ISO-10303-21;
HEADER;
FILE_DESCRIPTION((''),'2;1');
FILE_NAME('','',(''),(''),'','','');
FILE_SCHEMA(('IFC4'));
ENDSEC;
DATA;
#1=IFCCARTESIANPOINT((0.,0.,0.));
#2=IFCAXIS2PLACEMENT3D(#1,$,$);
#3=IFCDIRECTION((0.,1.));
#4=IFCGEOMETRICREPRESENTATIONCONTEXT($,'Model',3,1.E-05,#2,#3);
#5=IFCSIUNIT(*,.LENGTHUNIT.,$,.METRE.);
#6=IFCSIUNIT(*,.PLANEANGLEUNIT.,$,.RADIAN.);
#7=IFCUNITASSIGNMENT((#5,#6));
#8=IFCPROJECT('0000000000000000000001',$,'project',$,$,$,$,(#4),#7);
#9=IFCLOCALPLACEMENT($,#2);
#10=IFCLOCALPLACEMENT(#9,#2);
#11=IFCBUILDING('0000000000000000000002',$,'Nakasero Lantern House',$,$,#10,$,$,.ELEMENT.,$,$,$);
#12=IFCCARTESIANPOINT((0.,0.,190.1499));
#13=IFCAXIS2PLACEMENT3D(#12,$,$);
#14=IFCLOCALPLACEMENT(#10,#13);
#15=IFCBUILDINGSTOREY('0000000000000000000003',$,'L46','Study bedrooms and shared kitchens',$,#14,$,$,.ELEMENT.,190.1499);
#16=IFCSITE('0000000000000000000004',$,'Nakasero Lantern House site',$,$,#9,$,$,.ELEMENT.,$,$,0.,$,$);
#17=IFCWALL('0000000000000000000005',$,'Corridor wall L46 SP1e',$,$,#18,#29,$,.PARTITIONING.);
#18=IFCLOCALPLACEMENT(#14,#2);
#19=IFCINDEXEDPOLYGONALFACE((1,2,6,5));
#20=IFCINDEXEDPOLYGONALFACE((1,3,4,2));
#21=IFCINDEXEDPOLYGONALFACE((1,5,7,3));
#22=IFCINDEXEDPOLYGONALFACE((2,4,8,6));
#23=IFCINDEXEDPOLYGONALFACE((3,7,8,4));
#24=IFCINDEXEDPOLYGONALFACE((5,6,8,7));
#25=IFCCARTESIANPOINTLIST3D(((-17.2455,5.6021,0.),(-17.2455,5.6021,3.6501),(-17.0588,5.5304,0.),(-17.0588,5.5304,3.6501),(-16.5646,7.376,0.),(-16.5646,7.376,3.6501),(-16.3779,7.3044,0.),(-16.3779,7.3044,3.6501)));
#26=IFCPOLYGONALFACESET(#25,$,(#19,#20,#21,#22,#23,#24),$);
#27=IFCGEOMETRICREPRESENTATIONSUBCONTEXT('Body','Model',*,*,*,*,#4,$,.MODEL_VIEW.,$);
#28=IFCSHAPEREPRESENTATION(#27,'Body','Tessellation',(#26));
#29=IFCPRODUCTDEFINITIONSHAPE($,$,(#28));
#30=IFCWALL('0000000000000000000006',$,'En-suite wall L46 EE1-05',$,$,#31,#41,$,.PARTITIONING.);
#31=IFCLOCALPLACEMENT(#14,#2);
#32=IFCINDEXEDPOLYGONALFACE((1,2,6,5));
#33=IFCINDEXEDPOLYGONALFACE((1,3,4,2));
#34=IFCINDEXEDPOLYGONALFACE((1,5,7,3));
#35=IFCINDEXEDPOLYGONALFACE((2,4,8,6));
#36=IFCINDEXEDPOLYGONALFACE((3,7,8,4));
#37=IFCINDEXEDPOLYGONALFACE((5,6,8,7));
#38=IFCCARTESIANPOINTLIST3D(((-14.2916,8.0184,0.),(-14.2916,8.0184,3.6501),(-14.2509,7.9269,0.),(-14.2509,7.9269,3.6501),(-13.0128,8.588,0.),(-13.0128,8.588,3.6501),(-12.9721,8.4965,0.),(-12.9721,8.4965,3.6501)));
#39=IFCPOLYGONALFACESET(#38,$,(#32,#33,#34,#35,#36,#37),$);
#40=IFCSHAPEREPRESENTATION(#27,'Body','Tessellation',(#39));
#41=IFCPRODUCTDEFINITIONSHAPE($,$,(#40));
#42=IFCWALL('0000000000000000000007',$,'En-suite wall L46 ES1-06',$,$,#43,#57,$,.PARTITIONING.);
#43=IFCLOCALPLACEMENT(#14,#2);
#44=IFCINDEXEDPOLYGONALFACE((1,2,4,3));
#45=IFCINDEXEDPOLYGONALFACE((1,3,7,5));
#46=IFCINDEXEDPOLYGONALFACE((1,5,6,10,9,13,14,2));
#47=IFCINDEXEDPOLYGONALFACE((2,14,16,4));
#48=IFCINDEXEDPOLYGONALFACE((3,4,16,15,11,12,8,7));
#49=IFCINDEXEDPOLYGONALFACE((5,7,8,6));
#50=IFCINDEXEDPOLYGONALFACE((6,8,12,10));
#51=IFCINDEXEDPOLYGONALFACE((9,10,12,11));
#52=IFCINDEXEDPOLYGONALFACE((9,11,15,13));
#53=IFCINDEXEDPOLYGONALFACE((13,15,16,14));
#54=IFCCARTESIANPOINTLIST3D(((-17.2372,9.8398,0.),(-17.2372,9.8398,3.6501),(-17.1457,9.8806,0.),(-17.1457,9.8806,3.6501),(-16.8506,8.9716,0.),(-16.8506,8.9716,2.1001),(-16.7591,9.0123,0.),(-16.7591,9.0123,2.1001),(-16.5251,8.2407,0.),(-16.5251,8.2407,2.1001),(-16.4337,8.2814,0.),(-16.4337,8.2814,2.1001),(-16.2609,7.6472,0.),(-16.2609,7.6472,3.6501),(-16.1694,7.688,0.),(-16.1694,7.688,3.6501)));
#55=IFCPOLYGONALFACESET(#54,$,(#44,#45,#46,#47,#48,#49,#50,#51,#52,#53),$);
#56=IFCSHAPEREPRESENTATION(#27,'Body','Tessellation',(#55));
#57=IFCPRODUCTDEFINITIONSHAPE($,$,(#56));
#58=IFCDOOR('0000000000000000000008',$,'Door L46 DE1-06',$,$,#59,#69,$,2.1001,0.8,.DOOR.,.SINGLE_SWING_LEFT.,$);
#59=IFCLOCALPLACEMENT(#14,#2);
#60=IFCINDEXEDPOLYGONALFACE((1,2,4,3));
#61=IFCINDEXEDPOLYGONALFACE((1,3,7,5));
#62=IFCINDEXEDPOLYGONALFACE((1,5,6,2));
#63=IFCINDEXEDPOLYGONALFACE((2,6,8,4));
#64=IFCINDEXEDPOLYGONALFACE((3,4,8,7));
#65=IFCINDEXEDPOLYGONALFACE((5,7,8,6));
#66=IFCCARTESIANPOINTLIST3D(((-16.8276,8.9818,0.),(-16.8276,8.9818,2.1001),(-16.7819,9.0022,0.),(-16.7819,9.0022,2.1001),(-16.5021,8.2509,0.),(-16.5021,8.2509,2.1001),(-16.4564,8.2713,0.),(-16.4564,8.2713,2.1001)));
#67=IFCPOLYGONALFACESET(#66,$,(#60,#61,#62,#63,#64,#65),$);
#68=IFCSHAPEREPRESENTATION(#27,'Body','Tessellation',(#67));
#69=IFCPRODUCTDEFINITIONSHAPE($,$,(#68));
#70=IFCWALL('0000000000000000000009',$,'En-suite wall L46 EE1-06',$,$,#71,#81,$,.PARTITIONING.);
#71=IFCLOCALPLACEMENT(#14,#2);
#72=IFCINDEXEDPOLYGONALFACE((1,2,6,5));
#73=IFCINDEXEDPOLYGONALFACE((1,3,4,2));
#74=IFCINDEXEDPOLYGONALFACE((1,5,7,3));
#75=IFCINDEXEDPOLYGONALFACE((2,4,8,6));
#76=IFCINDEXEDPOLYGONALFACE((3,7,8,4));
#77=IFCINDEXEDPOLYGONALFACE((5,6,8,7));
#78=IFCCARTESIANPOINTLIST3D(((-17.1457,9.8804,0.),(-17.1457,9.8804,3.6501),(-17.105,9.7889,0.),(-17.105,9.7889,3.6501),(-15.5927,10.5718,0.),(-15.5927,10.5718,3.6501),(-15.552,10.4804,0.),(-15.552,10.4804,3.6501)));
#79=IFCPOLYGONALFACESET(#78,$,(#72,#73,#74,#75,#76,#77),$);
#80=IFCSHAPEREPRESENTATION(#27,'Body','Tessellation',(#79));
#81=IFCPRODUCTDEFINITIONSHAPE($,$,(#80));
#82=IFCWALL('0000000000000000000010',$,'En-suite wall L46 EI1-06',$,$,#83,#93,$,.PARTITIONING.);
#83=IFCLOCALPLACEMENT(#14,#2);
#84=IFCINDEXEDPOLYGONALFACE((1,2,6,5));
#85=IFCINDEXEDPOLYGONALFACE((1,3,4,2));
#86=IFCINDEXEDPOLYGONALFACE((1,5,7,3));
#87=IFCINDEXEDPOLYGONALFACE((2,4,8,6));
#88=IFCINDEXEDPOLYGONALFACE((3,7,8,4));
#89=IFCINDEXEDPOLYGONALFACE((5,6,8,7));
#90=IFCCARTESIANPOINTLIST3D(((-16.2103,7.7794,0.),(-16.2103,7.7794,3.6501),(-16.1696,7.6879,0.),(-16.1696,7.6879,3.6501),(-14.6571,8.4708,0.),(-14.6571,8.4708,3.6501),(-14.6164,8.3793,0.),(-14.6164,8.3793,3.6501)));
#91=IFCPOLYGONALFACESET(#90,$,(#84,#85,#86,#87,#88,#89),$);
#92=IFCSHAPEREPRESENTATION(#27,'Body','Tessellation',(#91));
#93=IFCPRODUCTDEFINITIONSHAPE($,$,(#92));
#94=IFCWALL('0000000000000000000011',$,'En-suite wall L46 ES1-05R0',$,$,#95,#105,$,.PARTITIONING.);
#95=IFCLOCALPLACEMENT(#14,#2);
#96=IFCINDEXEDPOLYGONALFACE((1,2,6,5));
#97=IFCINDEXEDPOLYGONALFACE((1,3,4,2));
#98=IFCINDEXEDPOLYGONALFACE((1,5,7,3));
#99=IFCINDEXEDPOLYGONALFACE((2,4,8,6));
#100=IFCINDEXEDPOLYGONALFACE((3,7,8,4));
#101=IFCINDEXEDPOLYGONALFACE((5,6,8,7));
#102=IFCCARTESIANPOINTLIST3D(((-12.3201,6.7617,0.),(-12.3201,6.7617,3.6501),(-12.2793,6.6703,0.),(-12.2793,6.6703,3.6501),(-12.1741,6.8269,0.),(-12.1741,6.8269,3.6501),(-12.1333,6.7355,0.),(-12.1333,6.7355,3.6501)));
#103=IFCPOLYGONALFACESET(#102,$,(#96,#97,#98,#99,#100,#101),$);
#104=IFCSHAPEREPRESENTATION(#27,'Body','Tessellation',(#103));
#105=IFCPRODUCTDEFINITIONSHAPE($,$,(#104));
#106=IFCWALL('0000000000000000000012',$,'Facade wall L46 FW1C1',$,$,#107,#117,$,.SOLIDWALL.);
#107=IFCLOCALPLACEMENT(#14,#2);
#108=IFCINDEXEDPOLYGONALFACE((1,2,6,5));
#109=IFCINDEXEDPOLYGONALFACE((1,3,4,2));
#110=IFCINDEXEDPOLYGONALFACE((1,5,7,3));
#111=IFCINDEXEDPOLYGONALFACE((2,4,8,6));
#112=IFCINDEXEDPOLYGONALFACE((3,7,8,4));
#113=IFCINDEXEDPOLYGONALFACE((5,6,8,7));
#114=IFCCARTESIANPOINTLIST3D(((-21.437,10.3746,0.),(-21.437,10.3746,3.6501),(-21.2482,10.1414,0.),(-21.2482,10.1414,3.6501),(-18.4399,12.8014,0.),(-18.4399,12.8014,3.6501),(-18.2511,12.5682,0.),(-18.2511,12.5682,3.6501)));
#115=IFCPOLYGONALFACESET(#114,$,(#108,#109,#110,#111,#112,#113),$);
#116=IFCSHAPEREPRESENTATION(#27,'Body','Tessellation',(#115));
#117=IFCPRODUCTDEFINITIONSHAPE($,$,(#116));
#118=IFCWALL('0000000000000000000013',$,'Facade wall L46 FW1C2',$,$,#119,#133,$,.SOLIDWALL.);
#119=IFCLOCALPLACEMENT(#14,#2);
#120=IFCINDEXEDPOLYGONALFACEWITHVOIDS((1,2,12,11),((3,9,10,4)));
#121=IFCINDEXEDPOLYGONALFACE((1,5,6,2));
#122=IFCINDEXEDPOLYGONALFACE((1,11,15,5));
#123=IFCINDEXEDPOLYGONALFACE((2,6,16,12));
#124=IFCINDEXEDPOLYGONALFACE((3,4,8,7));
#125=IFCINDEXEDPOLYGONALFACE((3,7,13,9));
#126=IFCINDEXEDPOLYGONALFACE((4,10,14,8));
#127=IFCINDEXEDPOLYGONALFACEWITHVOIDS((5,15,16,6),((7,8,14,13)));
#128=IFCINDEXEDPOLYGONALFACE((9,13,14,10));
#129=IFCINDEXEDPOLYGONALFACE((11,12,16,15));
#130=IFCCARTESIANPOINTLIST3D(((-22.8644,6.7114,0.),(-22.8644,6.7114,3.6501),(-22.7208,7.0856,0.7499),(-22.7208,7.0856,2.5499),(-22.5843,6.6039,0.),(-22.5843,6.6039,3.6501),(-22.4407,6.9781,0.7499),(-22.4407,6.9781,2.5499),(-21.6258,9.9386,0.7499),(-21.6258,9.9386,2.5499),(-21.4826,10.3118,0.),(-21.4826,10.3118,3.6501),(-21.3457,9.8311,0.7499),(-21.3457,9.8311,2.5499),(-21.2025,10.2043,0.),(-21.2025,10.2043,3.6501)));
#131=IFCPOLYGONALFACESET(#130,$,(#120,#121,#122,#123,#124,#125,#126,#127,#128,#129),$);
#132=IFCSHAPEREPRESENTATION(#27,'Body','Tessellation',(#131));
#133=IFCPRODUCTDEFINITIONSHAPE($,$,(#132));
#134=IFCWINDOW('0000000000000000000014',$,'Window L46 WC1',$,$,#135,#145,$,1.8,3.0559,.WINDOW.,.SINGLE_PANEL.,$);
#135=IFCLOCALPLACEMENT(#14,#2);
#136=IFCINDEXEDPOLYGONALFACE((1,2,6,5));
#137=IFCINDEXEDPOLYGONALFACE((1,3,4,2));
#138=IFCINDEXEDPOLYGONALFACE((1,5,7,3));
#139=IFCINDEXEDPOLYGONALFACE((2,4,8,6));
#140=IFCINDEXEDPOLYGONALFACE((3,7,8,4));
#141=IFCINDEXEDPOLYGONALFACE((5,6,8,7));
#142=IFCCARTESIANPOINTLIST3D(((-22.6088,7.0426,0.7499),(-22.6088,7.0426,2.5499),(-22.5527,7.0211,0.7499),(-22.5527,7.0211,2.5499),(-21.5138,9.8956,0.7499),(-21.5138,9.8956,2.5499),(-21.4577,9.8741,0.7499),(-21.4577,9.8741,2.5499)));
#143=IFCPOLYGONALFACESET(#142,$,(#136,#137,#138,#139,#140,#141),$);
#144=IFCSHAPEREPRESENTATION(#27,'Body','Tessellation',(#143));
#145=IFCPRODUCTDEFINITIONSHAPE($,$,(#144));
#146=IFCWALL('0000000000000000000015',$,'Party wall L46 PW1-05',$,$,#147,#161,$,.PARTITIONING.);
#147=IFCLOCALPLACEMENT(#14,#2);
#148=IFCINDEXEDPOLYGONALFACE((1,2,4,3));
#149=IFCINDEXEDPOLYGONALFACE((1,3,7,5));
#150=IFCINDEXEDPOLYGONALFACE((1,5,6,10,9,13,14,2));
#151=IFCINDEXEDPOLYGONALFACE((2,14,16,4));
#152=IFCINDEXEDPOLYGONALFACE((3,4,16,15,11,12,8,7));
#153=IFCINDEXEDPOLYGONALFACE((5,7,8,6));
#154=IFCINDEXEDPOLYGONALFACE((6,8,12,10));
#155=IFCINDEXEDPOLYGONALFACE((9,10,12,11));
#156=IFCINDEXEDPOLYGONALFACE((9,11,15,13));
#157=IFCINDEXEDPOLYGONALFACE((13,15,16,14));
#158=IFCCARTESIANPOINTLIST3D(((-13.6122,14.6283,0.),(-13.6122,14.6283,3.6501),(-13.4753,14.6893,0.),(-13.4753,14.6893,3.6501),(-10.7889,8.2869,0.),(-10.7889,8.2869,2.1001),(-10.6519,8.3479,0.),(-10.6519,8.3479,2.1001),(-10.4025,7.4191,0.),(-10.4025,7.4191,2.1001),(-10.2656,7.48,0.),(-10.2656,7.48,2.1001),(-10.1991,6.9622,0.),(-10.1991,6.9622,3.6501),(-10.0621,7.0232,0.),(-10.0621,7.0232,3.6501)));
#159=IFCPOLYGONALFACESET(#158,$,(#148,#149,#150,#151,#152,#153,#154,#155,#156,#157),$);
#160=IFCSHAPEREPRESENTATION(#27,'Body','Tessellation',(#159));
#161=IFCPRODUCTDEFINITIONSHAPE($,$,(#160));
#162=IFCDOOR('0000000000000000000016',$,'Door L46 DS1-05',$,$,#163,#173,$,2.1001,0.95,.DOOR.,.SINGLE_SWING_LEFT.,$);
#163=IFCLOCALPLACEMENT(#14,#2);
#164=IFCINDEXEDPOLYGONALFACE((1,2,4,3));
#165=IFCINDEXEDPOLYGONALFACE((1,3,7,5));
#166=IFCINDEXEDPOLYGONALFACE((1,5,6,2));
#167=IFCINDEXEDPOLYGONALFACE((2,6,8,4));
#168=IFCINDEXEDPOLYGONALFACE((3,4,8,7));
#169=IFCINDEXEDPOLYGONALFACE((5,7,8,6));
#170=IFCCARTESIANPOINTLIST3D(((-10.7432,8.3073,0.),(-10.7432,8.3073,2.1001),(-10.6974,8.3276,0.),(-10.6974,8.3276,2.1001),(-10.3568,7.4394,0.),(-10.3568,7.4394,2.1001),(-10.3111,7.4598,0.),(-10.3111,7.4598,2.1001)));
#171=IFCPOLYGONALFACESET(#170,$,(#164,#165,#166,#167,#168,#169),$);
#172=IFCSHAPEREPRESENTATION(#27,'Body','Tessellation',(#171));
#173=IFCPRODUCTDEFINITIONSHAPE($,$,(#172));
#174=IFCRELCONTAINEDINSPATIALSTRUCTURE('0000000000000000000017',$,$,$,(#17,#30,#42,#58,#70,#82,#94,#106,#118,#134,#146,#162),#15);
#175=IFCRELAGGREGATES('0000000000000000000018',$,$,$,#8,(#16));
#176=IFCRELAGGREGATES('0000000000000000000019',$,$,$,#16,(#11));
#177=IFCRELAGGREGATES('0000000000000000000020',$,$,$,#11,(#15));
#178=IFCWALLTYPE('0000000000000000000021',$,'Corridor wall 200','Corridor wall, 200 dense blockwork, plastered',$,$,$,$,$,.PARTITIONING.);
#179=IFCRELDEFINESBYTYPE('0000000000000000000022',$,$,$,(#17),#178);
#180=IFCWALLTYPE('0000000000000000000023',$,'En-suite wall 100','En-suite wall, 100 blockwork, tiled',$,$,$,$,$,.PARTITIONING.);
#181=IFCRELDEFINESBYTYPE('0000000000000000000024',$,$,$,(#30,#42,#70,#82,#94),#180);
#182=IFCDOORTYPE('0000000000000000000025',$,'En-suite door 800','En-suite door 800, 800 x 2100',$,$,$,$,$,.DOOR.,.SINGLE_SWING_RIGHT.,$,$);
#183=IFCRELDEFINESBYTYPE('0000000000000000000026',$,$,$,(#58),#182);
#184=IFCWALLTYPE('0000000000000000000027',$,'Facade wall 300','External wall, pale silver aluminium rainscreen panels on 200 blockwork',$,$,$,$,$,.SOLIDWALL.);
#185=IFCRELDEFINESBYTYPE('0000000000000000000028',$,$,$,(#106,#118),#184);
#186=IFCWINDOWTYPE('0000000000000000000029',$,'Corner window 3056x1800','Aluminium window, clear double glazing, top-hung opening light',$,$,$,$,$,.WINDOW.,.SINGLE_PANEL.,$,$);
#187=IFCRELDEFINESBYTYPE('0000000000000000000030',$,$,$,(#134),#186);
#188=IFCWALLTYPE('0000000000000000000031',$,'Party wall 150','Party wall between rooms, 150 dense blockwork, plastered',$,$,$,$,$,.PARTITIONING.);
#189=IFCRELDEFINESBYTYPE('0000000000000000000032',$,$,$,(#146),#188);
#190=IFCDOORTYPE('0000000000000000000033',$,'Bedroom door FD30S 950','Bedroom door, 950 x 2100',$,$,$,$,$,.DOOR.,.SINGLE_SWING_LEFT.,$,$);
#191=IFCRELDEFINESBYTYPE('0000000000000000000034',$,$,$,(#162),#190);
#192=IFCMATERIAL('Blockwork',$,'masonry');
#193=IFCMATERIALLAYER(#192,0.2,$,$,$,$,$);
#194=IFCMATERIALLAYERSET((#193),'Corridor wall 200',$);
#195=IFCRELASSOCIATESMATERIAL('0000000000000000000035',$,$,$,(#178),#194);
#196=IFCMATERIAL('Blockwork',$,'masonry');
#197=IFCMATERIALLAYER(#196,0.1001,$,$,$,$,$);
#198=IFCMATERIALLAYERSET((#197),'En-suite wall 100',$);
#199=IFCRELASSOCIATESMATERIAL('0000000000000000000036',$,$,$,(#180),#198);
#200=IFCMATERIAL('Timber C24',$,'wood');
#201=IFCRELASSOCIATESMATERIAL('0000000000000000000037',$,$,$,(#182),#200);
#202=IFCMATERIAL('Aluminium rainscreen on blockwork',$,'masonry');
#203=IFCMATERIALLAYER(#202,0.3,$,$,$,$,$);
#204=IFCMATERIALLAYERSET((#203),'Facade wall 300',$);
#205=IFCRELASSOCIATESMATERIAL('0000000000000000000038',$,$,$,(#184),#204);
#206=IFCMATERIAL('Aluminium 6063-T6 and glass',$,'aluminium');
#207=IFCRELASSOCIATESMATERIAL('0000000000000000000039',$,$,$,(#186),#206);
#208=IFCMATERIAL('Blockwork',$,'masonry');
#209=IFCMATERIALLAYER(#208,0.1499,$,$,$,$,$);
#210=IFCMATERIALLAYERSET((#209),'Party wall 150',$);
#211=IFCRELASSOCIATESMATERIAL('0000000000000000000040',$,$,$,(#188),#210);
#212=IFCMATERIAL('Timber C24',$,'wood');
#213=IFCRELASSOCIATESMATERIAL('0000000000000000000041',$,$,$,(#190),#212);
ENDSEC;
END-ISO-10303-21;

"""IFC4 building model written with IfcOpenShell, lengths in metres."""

from ifc_helpers import new_model, si_unit, direction, frame, frame_2d, origin, place, context, subcontext, project, spatial, rectangle, extrude, material, layer, layer_set, type_object, element, fill, save


model = new_model("IFC4")

# Units and contexts
model_context = context("Model", 3, precision=1e-05, world=origin(), true_north=direction((0.0, 1.0)))
body_context = subcontext(model_context, "Body", "Model", "MODEL_VIEW")
ifc_project = project(units=[si_unit("LENGTHUNIT", "METRE"), si_unit("PLANEANGLEUNIT", "RADIAN")], contexts=[model_context])

# Site, building, storey
site_placement = place(None, origin())
site = spatial("IfcSite", under=ifc_project, at=site_placement, Name="Nakasero Lantern House site", CompositionType="ELEMENT", RefElevation=0.0)
building_placement = place(site_placement, origin())
building = spatial("IfcBuilding", under=site, at=building_placement, Name="Nakasero Lantern House", CompositionType="ELEMENT")
storey_placement = place(building_placement, frame((0.0, 0.0, 190.1499)))
storey = spatial("IfcBuildingStorey", under=building, at=storey_placement, Name="L46", Description="Study bedrooms and shared kitchens", CompositionType="ELEMENT", Elevation=190.1499)

# Shared definitions
ifc_material_1 = material(Name="Blockwork", Category="masonry")
ifc_layer_1 = layer(ifc_material_1, 0.2)
ifc_layer_set_1 = layer_set([ifc_layer_1], Name="Corridor wall 200")
wall_type_1 = type_object("IfcWallType", Name="Corridor wall 200", Description="Corridor wall, 200 dense blockwork, plastered", PredefinedType="PARTITIONING", material=ifc_layer_set_1)

# Walls
wall_1_placement = place(storey_placement, frame((-16.4712, 7.3403, 0.0), z_axis=(0.0, 0.0, 1.0), x_axis=(-0.35835, -0.933587, 0.0)))
element("IfcWall", 1, at=wall_1_placement, inside=storey, type_object=wall_type_1, Name="Corridor wall L46 SP1e", PredefinedType="PARTITIONING", context=body_context, shape_type="SweptSolid", body=[
    extrude(rectangle(XDim=1.9001, YDim=0.2, at=frame_2d((0.9502, 0.0))), origin(), (0.0, 0.0, 1.0), 3.6501),
])
ifc_material_2 = material(Name="Blockwork", Category="masonry")
ifc_layer_2 = layer(ifc_material_2, 0.1001)
ifc_layer_set_2 = layer_set([ifc_layer_2], Name="En-suite wall 100")
wall_type_2 = type_object("IfcWallType", Name="En-suite wall 100", Description="En-suite wall, 100 blockwork, tiled", PredefinedType="PARTITIONING", material=ifc_layer_set_2)
wall_2_placement = place(storey_placement, frame((-12.9924, 8.5422, 0.0), z_axis=(0.0, 0.0, 1.0), x_axis=(-0.913488, -0.406866, 0.0)))
element("IfcWall", 2, at=wall_2_placement, inside=storey, type_object=wall_type_2, Name="En-suite wall L46 EE1-05", PredefinedType="PARTITIONING", context=body_context, shape_type="SweptSolid", body=[
    extrude(rectangle(XDim=1.3999, YDim=0.1001, at=frame_2d((0.7, 0.0))), origin(), (0.0, 0.0, 1.0), 3.6501),
])

# Wall, opening, door
wall_3_placement = place(storey_placement, frame((-16.2151, 7.6675, 0.0), z_axis=(0.0, 0.0, 1.0), x_axis=(-0.406771, 0.91353, 0.0)))
wall_3 = element("IfcWall", 3, at=wall_3_placement, inside=storey, type_object=wall_type_2, Name="En-suite wall L46 ES1-06", PredefinedType="PARTITIONING", context=body_context, shape_type="SweptSolid", body=[
    extrude(rectangle(XDim=2.4001, YDim=0.1001, at=frame_2d((1.2002, 0.0))), origin(), (0.0, 0.0, 1.0), 3.6501),
])
opening_1_placement = place(wall_3_placement, frame((0.6499, 0.0, 0.0)))
opening_1 = element("IfcOpeningElement", 4, at=opening_1_placement, cuts=wall_3, PredefinedType="OPENING", context=body_context, shape_type="SweptSolid", body=[
    extrude(rectangle(XDim=0.8, YDim=2.1001, at=frame_2d((0.3999, 1.05))), frame((0.0, 0.0701, 0.0), z_axis=(0.0, -1.0, 0.0), x_axis=(1.0, 0.0, 0.0)), (0.0, 0.0, 1.0), 0.1401),
])
ifc_material_3 = material(Name="Timber C24", Category="wood")
door_type_1 = type_object("IfcDoorType", Name="En-suite door 800", Description="En-suite door 800, 800 x 2100", OperationType="SINGLE_SWING_RIGHT", PredefinedType="DOOR", material=ifc_material_3)
door_1_placement = place(opening_1_placement, origin())
door_1 = element("IfcDoor", 5, at=door_1_placement, inside=storey, type_object=door_type_1, Name="Door L46 DE1-06", OperationType="SINGLE_SWING_LEFT", OverallHeight=2.1001, OverallWidth=0.8, PredefinedType="DOOR", context=body_context, shape_type="SweptSolid", body=[
    extrude(rectangle(XDim=0.8, YDim=2.1001, at=frame_2d((0.3999, 1.05))), frame((0.0, 0.0249, 0.0), z_axis=(0.0, -1.0, 0.0), x_axis=(1.0, 0.0, 0.0)), (0.0, 0.0, 1.0), 0.05),
])
fill(opening_1, door_1)

# Walls
wall_4_placement = place(storey_placement, frame((-15.5723, 10.5261, 0.0), z_axis=(0.0, 0.0, 1.0), x_axis=(-0.913551, -0.406725, 0.0)))
element("IfcWall", 6, at=wall_4_placement, inside=storey, type_object=wall_type_2, Name="En-suite wall L46 EE1-06", PredefinedType="PARTITIONING", context=body_context, shape_type="SweptSolid", body=[
    extrude(rectangle(XDim=1.7, YDim=0.1001, at=frame_2d((0.8501, 0.0))), origin(), (0.0, 0.0, 1.0), 3.6501),
])
wall_5_placement = place(storey_placement, frame((-14.6367, 8.425, 0.0), z_axis=(0.0, 0.0, 1.0), x_axis=(-0.913575, -0.406671, 0.0)))
element("IfcWall", 7, at=wall_5_placement, inside=storey, type_object=wall_type_2, Name="En-suite wall L46 EI1-06", PredefinedType="PARTITIONING", context=body_context, shape_type="SweptSolid", body=[
    extrude(rectangle(XDim=1.7002, YDim=0.1001, at=frame_2d((0.8501, 0.0))), origin(), (0.0, 0.0, 1.0), 3.6501),
])
wall_6_placement = place(storey_placement, frame((-12.1536, 6.7812, 0.0), z_axis=(0.0, 0.0, 1.0), x_axis=(-0.913118, -0.407696, 0.0)))
element("IfcWall", 8, at=wall_6_placement, inside=storey, type_object=wall_type_2, Name="En-suite wall L46 ES1-05R0", PredefinedType="PARTITIONING", context=body_context, shape_type="SweptSolid", body=[
    extrude(rectangle(XDim=0.1599, YDim=0.1001, at=frame_2d((0.0801, 0.0))), origin(), (0.0, 0.0, 1.0), 3.6501),
])
ifc_material_4 = material(Name="Aluminium rainscreen on blockwork", Category="masonry")
ifc_layer_3 = layer(ifc_material_4, 0.3)
ifc_layer_set_3 = layer_set([ifc_layer_3], Name="Facade wall 300")
wall_type_3 = type_object("IfcWallType", Name="Facade wall 300", Description="External wall, pale silver aluminium rainscreen panels on 200 blockwork", PredefinedType="SOLIDWALL", material=ifc_layer_set_3)
wall_7_placement = place(storey_placement, frame((-18.3455, 12.6848, 0.0), z_axis=(0.0, 0.0, 1.0), x_axis=(-0.777174, -0.629286, 0.0)))
element("IfcWall", 9, at=wall_7_placement, inside=storey, type_object=wall_type_3, Name="Facade wall L46 FW1C1", PredefinedType="SOLIDWALL", context=body_context, shape_type="SweptSolid", body=[
    extrude(rectangle(XDim=3.8564, YDim=0.3, at=frame_2d((1.9282, 0.0))), origin(), (0.0, 0.0, 1.0), 3.6501),
])

# Wall, opening, window
wall_8_placement = place(storey_placement, frame((-21.3425, 10.2581, 0.0), z_axis=(0.0, 0.0, 1.0), x_axis=(-0.358321, -0.933598, 0.0)))
wall_8 = element("IfcWall", 10, at=wall_8_placement, inside=storey, type_object=wall_type_3, Name="Facade wall L46 FW1C2", PredefinedType="SOLIDWALL", context=body_context, shape_type="SweptSolid", body=[
    extrude(rectangle(XDim=3.8564, YDim=0.3, at=frame_2d((1.9282, 0.0))), origin(), (0.0, 0.0, 1.0), 3.6501),
])
opening_2_placement = place(wall_8_placement, frame((0.3999, 0.0, 0.75)))
opening_2 = element("IfcOpeningElement", 11, at=opening_2_placement, cuts=wall_8, PredefinedType="OPENING", context=body_context, shape_type="SweptSolid", body=[
    extrude(rectangle(XDim=3.0559, YDim=1.8, at=frame_2d((1.5278, 0.8999))), frame((0.0, 0.1699, 0.0), z_axis=(0.0, -1.0, 0.0), x_axis=(1.0, 0.0, 0.0)), (0.0, 0.0, 1.0), 0.3401),
])
ifc_material_5 = material(Name="Aluminium 6063-T6 and glass", Category="aluminium")
window_type = type_object("IfcWindowType", Name="Corner window 3056x1800", Description="Aluminium window, clear double glazing, top-hung opening light", PartitioningType="SINGLE_PANEL", PredefinedType="WINDOW", material=ifc_material_5)
window_placement = place(opening_2_placement, origin())
window = element("IfcWindow", 12, at=window_placement, inside=storey, type_object=window_type, Name="Window L46 WC1", OverallHeight=1.8, OverallWidth=3.0559, PartitioningType="SINGLE_PANEL", PredefinedType="WINDOW", context=body_context, shape_type="SweptSolid", body=[
    extrude(rectangle(XDim=3.0559, YDim=1.8, at=frame_2d((1.5278, 0.8999))), frame((0.0, 0.03, 0.0), z_axis=(0.0, -1.0, 0.0), x_axis=(1.0, 0.0, 0.0)), (0.0, 0.0, 1.0), 0.0601),
])
fill(opening_2, window)

# Wall, opening, door
ifc_material_6 = material(Name="Blockwork", Category="masonry")
ifc_layer_4 = layer(ifc_material_6, 0.1499)
ifc_layer_set_4 = layer_set([ifc_layer_4], Name="Party wall 150")
wall_type_4 = type_object("IfcWallType", Name="Party wall 150", Description="Party wall between rooms, 150 dense blockwork, plastered", PredefinedType="PARTITIONING", material=ifc_layer_set_4)
wall_9_placement = place(storey_placement, frame((-10.1306, 6.9927, 0.0), z_axis=(0.0, 0.0, 1.0), x_axis=(-0.406732, 0.913547, 0.0)))
wall_9 = element("IfcWall", 13, at=wall_9_placement, inside=storey, type_object=wall_type_4, Name="Party wall L46 PW1-05", PredefinedType="PARTITIONING", context=body_context, shape_type="SweptSolid", body=[
    extrude(rectangle(XDim=8.3916, YDim=0.1499, at=frame_2d((4.1958, 0.0))), origin(), (0.0, 0.0, 1.0), 3.6501),
])
opening_3_placement = place(wall_9_placement, frame((0.5, 0.0, 0.0)))
opening_3 = element("IfcOpeningElement", 14, at=opening_3_placement, cuts=wall_9, PredefinedType="OPENING", context=body_context, shape_type="SweptSolid", body=[
    extrude(rectangle(XDim=0.95, YDim=2.1001, at=frame_2d((0.4751, 1.05))), frame((0.0, 0.095, 0.0), z_axis=(0.0, -1.0, 0.0), x_axis=(1.0, 0.0, 0.0)), (0.0, 0.0, 1.0), 0.1899),
])
ifc_material_7 = material(Name="Timber C24", Category="wood")
door_type_2 = type_object("IfcDoorType", Name="Bedroom door FD30S 950", Description="Bedroom door, 950 x 2100", OperationType="SINGLE_SWING_LEFT", PredefinedType="DOOR", material=ifc_material_7)
door_2_placement = place(opening_3_placement, origin())
door_2 = element("IfcDoor", 15, at=door_2_placement, inside=storey, type_object=door_type_2, Name="Door L46 DS1-05", OperationType="SINGLE_SWING_LEFT", OverallHeight=2.1001, OverallWidth=0.95, PredefinedType="DOOR", context=body_context, shape_type="SweptSolid", body=[
    extrude(rectangle(XDim=0.95, YDim=2.1001, at=frame_2d((0.4751, 1.05))), frame((0.0, 0.0249, 0.0), z_axis=(0.0, -1.0, 0.0), x_axis=(1.0, 0.0, 0.0)), (0.0, 0.0, 1.0), 0.05),
])
fill(opening_3, door_2)

save(model, "model.ifc")
